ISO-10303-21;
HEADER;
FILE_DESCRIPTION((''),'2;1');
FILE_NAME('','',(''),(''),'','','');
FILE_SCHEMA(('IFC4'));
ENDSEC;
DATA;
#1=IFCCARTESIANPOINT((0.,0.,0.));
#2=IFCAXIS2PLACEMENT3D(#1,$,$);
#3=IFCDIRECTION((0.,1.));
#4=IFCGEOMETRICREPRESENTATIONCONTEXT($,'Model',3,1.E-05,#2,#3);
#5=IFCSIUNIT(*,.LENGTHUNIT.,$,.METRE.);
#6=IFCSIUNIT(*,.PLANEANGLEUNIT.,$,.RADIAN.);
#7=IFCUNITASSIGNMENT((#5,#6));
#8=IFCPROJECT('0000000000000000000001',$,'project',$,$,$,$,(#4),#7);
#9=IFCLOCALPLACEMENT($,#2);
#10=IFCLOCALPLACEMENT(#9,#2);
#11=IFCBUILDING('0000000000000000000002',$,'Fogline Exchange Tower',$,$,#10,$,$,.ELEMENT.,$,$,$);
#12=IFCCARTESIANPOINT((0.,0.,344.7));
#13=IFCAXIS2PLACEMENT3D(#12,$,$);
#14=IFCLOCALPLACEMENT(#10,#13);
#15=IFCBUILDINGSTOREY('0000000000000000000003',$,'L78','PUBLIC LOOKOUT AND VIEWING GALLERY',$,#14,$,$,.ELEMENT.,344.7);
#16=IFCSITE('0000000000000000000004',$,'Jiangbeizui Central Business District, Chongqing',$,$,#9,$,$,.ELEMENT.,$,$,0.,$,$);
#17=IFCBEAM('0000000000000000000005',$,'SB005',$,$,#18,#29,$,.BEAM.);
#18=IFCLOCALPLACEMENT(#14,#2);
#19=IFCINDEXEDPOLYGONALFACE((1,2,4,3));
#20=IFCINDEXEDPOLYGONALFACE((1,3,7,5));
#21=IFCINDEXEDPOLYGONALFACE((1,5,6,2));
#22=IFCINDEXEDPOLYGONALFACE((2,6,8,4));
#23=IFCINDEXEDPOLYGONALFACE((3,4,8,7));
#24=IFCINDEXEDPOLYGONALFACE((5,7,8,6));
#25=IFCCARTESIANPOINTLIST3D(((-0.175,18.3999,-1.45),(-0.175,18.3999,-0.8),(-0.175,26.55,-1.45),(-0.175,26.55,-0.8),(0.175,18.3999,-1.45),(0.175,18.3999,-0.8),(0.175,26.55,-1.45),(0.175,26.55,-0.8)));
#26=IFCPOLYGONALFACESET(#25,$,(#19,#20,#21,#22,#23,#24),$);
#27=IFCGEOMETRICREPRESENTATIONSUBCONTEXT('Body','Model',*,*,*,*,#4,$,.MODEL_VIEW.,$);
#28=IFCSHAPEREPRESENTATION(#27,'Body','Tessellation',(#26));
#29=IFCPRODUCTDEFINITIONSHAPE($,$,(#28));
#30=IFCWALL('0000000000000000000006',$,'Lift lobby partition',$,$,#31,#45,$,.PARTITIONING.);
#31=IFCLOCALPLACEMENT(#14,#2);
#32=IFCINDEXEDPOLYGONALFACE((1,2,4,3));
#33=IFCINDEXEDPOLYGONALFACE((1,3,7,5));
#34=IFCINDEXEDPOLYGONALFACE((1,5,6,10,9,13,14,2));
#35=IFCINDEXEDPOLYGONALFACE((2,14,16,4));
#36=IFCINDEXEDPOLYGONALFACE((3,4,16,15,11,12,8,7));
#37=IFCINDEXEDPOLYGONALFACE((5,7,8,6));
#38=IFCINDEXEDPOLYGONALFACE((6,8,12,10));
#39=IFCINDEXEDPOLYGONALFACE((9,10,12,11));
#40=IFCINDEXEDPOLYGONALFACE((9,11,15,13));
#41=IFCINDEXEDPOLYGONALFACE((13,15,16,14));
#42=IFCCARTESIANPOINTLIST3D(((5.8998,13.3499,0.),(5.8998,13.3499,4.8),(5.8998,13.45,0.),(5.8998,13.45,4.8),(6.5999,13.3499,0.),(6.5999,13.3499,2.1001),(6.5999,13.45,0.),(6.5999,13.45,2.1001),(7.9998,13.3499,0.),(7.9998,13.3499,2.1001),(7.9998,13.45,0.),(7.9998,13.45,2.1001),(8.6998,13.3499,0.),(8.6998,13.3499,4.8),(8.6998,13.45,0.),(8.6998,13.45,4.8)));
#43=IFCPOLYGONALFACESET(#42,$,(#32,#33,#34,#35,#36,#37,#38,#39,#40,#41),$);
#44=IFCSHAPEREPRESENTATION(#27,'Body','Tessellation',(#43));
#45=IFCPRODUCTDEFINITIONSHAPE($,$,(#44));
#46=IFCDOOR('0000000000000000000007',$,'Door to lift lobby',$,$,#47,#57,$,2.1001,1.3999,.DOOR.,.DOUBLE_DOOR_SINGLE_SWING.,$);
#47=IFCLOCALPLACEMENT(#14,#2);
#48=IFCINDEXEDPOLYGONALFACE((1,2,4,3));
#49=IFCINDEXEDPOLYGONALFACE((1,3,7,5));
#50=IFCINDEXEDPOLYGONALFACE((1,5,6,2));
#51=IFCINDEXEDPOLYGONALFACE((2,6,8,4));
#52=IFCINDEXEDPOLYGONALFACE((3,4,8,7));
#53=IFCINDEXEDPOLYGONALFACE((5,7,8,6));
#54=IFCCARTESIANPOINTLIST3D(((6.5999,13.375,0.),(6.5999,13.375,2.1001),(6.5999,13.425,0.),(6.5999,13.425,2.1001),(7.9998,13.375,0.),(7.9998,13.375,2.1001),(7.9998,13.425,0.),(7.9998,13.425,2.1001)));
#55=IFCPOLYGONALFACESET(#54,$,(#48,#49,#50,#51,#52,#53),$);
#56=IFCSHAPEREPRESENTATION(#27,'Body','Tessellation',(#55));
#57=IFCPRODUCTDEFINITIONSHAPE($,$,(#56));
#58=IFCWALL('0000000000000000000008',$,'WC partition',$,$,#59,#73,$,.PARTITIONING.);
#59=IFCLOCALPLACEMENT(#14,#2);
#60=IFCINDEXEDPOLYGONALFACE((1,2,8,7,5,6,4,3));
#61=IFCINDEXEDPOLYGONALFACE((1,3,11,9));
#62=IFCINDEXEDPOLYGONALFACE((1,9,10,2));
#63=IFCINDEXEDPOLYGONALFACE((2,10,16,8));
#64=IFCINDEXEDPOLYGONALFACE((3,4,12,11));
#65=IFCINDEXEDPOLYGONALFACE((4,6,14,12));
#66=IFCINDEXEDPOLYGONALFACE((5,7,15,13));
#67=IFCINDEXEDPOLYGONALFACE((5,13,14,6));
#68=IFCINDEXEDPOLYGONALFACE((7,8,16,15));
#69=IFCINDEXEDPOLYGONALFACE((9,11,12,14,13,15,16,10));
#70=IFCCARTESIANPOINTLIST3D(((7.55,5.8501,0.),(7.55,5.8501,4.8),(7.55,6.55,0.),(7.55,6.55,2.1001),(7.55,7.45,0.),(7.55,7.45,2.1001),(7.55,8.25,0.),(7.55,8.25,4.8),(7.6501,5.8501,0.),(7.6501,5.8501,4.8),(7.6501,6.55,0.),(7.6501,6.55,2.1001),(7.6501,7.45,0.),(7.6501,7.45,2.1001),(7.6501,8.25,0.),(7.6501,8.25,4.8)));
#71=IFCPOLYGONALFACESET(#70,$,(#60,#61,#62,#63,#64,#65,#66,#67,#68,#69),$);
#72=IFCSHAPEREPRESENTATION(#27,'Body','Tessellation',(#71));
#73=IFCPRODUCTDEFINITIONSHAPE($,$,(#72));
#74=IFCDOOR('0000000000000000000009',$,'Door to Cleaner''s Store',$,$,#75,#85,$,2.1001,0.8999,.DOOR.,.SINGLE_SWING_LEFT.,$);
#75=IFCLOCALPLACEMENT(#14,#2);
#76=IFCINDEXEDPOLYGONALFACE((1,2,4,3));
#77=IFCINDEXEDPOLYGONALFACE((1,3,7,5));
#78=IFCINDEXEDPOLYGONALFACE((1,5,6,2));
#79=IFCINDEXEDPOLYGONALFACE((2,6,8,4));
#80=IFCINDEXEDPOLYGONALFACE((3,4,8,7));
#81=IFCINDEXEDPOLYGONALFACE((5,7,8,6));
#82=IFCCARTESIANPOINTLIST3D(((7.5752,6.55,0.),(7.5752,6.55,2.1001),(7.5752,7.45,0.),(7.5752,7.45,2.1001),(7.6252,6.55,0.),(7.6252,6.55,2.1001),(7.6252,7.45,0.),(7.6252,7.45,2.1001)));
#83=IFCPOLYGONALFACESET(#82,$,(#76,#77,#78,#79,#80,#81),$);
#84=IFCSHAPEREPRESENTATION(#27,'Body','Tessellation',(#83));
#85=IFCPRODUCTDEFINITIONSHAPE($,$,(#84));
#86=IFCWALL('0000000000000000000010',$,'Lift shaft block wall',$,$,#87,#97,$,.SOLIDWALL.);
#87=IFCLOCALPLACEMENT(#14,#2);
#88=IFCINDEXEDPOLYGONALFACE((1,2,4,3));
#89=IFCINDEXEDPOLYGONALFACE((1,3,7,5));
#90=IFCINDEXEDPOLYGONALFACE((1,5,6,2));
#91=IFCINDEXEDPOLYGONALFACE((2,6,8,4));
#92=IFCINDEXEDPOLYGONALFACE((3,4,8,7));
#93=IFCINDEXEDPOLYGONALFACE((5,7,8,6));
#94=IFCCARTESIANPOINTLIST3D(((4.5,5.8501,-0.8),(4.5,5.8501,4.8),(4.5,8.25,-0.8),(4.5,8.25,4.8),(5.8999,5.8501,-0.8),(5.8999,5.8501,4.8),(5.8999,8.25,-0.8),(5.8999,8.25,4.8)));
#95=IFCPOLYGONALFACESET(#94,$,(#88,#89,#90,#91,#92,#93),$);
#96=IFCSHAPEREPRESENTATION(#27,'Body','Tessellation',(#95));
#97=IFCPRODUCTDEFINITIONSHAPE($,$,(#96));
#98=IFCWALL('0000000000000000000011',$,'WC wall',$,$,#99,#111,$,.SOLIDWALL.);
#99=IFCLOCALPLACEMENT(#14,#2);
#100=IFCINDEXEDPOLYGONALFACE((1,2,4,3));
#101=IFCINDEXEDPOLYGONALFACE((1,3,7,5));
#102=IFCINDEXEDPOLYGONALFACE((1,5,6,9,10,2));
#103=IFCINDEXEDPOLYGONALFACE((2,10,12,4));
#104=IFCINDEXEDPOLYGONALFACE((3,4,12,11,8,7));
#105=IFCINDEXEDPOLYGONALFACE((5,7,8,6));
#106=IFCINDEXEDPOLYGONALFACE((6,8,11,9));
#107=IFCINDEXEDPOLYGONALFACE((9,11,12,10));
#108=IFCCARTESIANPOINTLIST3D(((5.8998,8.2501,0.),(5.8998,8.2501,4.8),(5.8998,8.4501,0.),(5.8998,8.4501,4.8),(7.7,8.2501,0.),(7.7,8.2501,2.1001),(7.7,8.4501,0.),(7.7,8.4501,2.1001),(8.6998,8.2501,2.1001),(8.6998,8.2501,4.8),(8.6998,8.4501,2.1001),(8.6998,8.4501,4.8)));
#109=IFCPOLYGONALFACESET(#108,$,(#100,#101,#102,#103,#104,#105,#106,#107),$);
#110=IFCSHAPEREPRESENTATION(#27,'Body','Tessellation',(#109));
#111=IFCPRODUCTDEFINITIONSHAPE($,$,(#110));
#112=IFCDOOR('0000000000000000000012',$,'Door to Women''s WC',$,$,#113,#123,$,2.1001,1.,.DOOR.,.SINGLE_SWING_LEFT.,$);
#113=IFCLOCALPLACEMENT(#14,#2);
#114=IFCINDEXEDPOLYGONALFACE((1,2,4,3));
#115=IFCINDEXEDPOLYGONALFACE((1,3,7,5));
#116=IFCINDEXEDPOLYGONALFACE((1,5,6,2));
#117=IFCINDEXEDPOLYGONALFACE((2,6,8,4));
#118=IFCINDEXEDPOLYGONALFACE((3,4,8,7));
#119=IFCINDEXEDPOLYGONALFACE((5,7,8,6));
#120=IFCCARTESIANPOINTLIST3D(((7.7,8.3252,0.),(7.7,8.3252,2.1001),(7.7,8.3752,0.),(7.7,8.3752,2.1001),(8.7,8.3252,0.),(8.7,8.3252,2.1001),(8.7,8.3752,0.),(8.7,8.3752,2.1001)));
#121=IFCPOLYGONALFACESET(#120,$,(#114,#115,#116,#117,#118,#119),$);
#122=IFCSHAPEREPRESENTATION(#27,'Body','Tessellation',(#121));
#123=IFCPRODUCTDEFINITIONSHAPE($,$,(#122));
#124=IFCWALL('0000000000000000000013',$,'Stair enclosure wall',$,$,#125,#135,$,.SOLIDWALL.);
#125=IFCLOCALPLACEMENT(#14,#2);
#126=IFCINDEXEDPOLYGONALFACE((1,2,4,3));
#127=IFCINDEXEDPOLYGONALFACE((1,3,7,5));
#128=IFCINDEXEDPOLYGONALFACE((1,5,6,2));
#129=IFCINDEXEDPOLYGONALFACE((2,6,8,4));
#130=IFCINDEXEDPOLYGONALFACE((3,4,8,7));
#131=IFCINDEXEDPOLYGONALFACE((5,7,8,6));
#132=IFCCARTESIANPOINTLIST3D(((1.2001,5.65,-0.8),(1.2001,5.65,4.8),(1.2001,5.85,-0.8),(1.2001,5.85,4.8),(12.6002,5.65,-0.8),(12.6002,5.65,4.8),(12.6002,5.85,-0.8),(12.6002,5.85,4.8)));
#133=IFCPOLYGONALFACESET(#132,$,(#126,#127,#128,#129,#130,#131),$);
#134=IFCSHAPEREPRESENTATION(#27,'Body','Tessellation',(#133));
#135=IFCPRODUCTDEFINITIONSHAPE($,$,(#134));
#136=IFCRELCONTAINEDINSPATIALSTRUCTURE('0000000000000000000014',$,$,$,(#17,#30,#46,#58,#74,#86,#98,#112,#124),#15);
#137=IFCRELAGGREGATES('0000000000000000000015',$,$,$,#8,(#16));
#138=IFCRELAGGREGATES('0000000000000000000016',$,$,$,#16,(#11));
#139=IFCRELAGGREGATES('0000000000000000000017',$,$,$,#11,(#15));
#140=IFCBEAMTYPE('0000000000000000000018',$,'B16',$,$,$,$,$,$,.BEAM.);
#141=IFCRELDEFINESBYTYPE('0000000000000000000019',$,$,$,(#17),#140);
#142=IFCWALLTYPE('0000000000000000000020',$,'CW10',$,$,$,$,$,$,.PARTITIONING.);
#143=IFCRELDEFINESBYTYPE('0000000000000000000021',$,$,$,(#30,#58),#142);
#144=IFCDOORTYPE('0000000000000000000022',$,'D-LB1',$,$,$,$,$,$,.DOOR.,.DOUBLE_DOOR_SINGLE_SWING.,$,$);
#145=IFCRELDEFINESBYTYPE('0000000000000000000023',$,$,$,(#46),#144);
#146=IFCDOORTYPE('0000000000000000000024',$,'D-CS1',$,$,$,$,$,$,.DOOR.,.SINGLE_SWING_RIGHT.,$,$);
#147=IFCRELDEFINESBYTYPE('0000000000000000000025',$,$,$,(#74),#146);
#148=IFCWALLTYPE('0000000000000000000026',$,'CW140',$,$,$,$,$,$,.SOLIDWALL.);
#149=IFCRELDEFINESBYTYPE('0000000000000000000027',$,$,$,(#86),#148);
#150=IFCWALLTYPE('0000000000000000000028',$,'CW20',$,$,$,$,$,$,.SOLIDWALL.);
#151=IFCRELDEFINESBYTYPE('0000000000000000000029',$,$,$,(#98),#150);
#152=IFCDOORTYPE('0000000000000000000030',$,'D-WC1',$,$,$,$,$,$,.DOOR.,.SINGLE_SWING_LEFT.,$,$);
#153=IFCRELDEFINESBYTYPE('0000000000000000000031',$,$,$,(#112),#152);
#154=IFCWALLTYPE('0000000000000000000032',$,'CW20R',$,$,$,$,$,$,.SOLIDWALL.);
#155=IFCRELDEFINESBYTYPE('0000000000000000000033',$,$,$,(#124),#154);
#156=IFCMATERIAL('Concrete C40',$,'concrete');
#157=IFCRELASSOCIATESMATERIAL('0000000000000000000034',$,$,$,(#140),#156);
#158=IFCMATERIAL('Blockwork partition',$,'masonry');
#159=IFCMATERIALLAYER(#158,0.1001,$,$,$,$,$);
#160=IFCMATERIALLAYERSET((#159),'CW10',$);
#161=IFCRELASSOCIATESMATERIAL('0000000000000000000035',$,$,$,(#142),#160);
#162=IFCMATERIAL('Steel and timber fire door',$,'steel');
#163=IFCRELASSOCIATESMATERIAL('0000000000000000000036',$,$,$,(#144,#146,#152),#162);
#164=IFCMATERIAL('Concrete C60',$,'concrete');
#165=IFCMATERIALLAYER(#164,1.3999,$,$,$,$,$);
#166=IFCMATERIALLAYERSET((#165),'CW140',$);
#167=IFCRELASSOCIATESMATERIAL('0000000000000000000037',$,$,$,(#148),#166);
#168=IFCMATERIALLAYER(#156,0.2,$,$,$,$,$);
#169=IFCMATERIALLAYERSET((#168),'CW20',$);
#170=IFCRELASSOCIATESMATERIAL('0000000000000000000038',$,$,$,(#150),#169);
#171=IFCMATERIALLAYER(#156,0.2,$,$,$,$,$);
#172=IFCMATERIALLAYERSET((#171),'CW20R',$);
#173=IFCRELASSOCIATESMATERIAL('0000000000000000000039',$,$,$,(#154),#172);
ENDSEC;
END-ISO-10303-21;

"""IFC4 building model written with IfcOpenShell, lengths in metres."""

from ifc_helpers import new_model, si_unit, direction, frame, frame_2d, origin, origin_2d, place, context, subcontext, project, spatial, rectangle, extrude, material, layer, layer_set, material_profile, profile_set, type_object, element, fill, save


model = new_model("IFC4")

# Units and contexts
model_context = context("Model", 3, precision=1e-05, world=origin(), true_north=direction((0.0, 1.0)))
body_context = subcontext(model_context, "Body", "Model", "MODEL_VIEW")
ifc_project = project(units=[si_unit("LENGTHUNIT", "METRE"), si_unit("PLANEANGLEUNIT", "RADIAN")], contexts=[model_context])

# Site, building, storey
site_placement = place(None, origin())
site = spatial("IfcSite", under=ifc_project, at=site_placement, Name="Jiangbeizui Central Business District, Chongqing", CompositionType="ELEMENT", RefElevation=0.0)
building_placement = place(site_placement, origin())
building = spatial("IfcBuilding", under=site, at=building_placement, Name="Fogline Exchange Tower", CompositionType="ELEMENT")
storey_placement = place(building_placement, frame((0.0, 0.0, 344.7)))
storey = spatial("IfcBuildingStorey", under=building, at=storey_placement, Name="L78", Description="PUBLIC LOOKOUT AND VIEWING GALLERY", CompositionType="ELEMENT", Elevation=344.7)

# Beam
ifc_material_1 = material(Name="Concrete C40", Category="concrete")
ifc_material_profile = material_profile(ifc_material_1, rectangle(XDim=0.3501, YDim=0.6499, at=origin_2d()), Name="RC 350x650")
ifc_profile_set = profile_set([ifc_material_profile], Name="Concrete C40")
beam_type = type_object("IfcBeamType", Name="B16", PredefinedType="BEAM", material=ifc_profile_set)
beam_placement = place(storey_placement, frame((0.0, 18.3999, -1.125), z_axis=(0.0, 1.0, 0.0), x_axis=(-1.0, 0.0, 0.0)))
element("IfcBeam", 1, at=beam_placement, inside=storey, type_object=beam_type, Name="SB005", PredefinedType="BEAM", context=body_context, shape_type="SweptSolid", body=[
    extrude(rectangle(XDim=0.3501, YDim=0.6499, at=origin_2d()), origin(), (0.0, 0.0, 1.0), 8.1501),
])

# Walls, openings, doors
ifc_material_2 = material(Name="Blockwork partition", Category="masonry")
ifc_layer_1 = layer(ifc_material_2, 0.1001)
ifc_layer_set_1 = layer_set([ifc_layer_1], Name="CW10")
wall_type_1 = type_object("IfcWallType", Name="CW10", PredefinedType="PARTITIONING", material=ifc_layer_set_1)
wall_1_placement = place(storey_placement, frame((5.8999, 13.3999, 0.0), z_axis=(0.0, 0.0, 1.0), x_axis=(1.0, 0.0, 0.0)))
wall_1 = element("IfcWall", 2, at=wall_1_placement, inside=storey, type_object=wall_type_1, Name="Lift lobby partition", PredefinedType="PARTITIONING", context=body_context, shape_type="SweptSolid", body=[
    extrude(rectangle(XDim=2.8, YDim=0.1001, at=frame_2d((1.3999, 0.0))), origin(), (0.0, 0.0, 1.0), 4.8),
])
opening_1_placement = place(wall_1_placement, frame((0.7, 0.0, 0.0)))
opening_1 = element("IfcOpeningElement", 3, at=opening_1_placement, cuts=wall_1, PredefinedType="OPENING", context=body_context, shape_type="SweptSolid", body=[
    extrude(rectangle(XDim=1.3999, YDim=2.1001, at=frame_2d((0.7, 1.05))), frame((0.0, 0.0601, 0.0), z_axis=(0.0, -1.0, 0.0), x_axis=(1.0, 0.0, 0.0)), (0.0, 0.0, 1.0), 0.1201),
])
ifc_material_3 = material(Name="Steel and timber fire door", Category="steel")
door_type_1 = type_object("IfcDoorType", Name="D-LB1", OperationType="DOUBLE_DOOR_SINGLE_SWING", PredefinedType="DOOR", material=ifc_material_3)
door_1_placement = place(opening_1_placement, frame((1.3999, 0.0, 0.0), z_axis=(0.0, 0.0, 1.0), x_axis=(-1.0, 0.0, 0.0)))
door_1 = element("IfcDoor", 4, at=door_1_placement, inside=storey, type_object=door_type_1, Name="Door to lift lobby", OperationType="DOUBLE_DOOR_SINGLE_SWING", OverallHeight=2.1001, OverallWidth=1.3999, PredefinedType="DOOR", context=body_context, shape_type="SweptSolid", body=[
    extrude(rectangle(XDim=1.3999, YDim=2.1001, at=frame_2d((0.7, 1.05))), frame((0.0, 0.0249, 0.0), z_axis=(0.0, -1.0, 0.0), x_axis=(1.0, 0.0, 0.0)), (0.0, 0.0, 1.0), 0.05),
])
fill(opening_1, door_1)
wall_2_placement = place(storey_placement, frame((7.6001, 5.8501, 0.0), z_axis=(0.0, 0.0, 1.0), x_axis=(0.0, 1.0, 0.0)))
wall_2 = element("IfcWall", 5, at=wall_2_placement, inside=storey, type_object=wall_type_1, Name="WC partition", PredefinedType="PARTITIONING", context=body_context, shape_type="SweptSolid", body=[
    extrude(rectangle(XDim=2.3999, YDim=0.1001, at=frame_2d((1.2, 0.0))), origin(), (0.0, 0.0, 1.0), 4.8),
])
opening_2_placement = place(wall_2_placement, frame((0.7, 0.0, 0.0)))
opening_2 = element("IfcOpeningElement", 6, at=opening_2_placement, cuts=wall_2, PredefinedType="OPENING", context=body_context, shape_type="SweptSolid", body=[
    extrude(rectangle(XDim=0.8999, YDim=2.1001, at=frame_2d((0.45, 1.05))), frame((0.0, 0.0601, 0.0), z_axis=(0.0, -1.0, 0.0), x_axis=(1.0, 0.0, 0.0)), (0.0, 0.0, 1.0), 0.1201),
])
door_type_2 = type_object("IfcDoorType", Name="D-CS1", OperationType="SINGLE_SWING_RIGHT", PredefinedType="DOOR", material=ifc_material_3)
door_2_placement = place(opening_2_placement, origin())
door_2 = element("IfcDoor", 7, at=door_2_placement, inside=storey, type_object=door_type_2, Name="Door to Cleaner's Store", OperationType="SINGLE_SWING_LEFT", OverallHeight=2.1001, OverallWidth=0.8999, PredefinedType="DOOR", context=body_context, shape_type="SweptSolid", body=[
    extrude(rectangle(XDim=0.8999, YDim=2.1001, at=frame_2d((0.45, 1.05))), frame((0.0, 0.0249, 0.0), z_axis=(0.0, -1.0, 0.0), x_axis=(1.0, 0.0, 0.0)), (0.0, 0.0, 1.0), 0.05),
])
fill(opening_2, door_2)

# Wall
ifc_material_4 = material(Name="Concrete C60", Category="concrete")
ifc_layer_2 = layer(ifc_material_4, 1.3999)
ifc_layer_set_2 = layer_set([ifc_layer_2], Name="CW140")
wall_type_2 = type_object("IfcWallType", Name="CW140", PredefinedType="SOLIDWALL", material=ifc_layer_set_2)
wall_3_placement = place(storey_placement, frame((5.2, 5.8501, -0.8), z_axis=(0.0, 0.0, 1.0), x_axis=(0.0, 1.0, 0.0)))
element("IfcWall", 8, at=wall_3_placement, inside=storey, type_object=wall_type_2, Name="Lift shaft block wall", PredefinedType="SOLIDWALL", context=body_context, shape_type="SweptSolid", body=[
    extrude(rectangle(XDim=2.3999, YDim=1.3999, at=frame_2d((1.2, 0.0))), origin(), (0.0, 0.0, 1.0), 5.6001),
])

# Wall, opening, door
ifc_layer_3 = layer(ifc_material_1, 0.2)
ifc_layer_set_3 = layer_set([ifc_layer_3], Name="CW20")
wall_type_3 = type_object("IfcWallType", Name="CW20", PredefinedType="SOLIDWALL", material=ifc_layer_set_3)
wall_4_placement = place(storey_placement, frame((5.8999, 8.3501, 0.0), z_axis=(0.0, 0.0, 1.0), x_axis=(1.0, 0.0, 0.0)))
wall_4 = element("IfcWall", 9, at=wall_4_placement, inside=storey, type_object=wall_type_3, Name="WC wall", PredefinedType="SOLIDWALL", context=body_context, shape_type="SweptSolid", body=[
    extrude(rectangle(XDim=2.8, YDim=0.2, at=frame_2d((1.3999, 0.0))), origin(), (0.0, 0.0, 1.0), 4.8),
])
opening_3_placement = place(wall_4_placement, frame((1.8, 0.0, 0.0)))
opening_3 = element("IfcOpeningElement", 10, at=opening_3_placement, cuts=wall_4, PredefinedType="OPENING", context=body_context, shape_type="SweptSolid", body=[
    extrude(rectangle(XDim=1.0, YDim=2.1001, at=frame_2d((0.5, 1.05))), frame((0.0, 0.1099, 0.0), z_axis=(0.0, -1.0, 0.0), x_axis=(1.0, 0.0, 0.0)), (0.0, 0.0, 1.0), 0.22),
])
door_type_3 = type_object("IfcDoorType", Name="D-WC1", OperationType="SINGLE_SWING_LEFT", PredefinedType="DOOR", material=ifc_material_3)
door_3_placement = place(opening_3_placement, frame((1.0, 0.0, 0.0), z_axis=(0.0, 0.0, 1.0), x_axis=(-1.0, 0.0, 0.0)))
door_3 = element("IfcDoor", 11, at=door_3_placement, inside=storey, type_object=door_type_3, Name="Door to Women's WC", OperationType="SINGLE_SWING_LEFT", OverallHeight=2.1001, OverallWidth=1.0, PredefinedType="DOOR", context=body_context, shape_type="SweptSolid", body=[
    extrude(rectangle(XDim=1.0, YDim=2.1001, at=frame_2d((0.5, 1.05))), frame((0.0, 0.0249, 0.0), z_axis=(0.0, -1.0, 0.0), x_axis=(1.0, 0.0, 0.0)), (0.0, 0.0, 1.0), 0.05),
])
fill(opening_3, door_3)

# Wall
ifc_layer_4 = layer(ifc_material_1, 0.2)
ifc_layer_set_4 = layer_set([ifc_layer_4], Name="CW20R")
wall_type_4 = type_object("IfcWallType", Name="CW20R", PredefinedType="SOLIDWALL", material=ifc_layer_set_4)
wall_5_placement = place(storey_placement, frame((1.2, 5.75, -0.8), z_axis=(0.0, 0.0, 1.0), x_axis=(1.0, 0.0, 0.0)))
element("IfcWall", 12, at=wall_5_placement, inside=storey, type_object=wall_type_4, Name="Stair enclosure wall", PredefinedType="SOLIDWALL", context=body_context, shape_type="SweptSolid", body=[
    extrude(rectangle(XDim=11.4001, YDim=0.2, at=frame_2d((5.7002, 0.0))), origin(), (0.0, 0.0, 1.0), 5.6001),
])

save(model, "model.ifc")
